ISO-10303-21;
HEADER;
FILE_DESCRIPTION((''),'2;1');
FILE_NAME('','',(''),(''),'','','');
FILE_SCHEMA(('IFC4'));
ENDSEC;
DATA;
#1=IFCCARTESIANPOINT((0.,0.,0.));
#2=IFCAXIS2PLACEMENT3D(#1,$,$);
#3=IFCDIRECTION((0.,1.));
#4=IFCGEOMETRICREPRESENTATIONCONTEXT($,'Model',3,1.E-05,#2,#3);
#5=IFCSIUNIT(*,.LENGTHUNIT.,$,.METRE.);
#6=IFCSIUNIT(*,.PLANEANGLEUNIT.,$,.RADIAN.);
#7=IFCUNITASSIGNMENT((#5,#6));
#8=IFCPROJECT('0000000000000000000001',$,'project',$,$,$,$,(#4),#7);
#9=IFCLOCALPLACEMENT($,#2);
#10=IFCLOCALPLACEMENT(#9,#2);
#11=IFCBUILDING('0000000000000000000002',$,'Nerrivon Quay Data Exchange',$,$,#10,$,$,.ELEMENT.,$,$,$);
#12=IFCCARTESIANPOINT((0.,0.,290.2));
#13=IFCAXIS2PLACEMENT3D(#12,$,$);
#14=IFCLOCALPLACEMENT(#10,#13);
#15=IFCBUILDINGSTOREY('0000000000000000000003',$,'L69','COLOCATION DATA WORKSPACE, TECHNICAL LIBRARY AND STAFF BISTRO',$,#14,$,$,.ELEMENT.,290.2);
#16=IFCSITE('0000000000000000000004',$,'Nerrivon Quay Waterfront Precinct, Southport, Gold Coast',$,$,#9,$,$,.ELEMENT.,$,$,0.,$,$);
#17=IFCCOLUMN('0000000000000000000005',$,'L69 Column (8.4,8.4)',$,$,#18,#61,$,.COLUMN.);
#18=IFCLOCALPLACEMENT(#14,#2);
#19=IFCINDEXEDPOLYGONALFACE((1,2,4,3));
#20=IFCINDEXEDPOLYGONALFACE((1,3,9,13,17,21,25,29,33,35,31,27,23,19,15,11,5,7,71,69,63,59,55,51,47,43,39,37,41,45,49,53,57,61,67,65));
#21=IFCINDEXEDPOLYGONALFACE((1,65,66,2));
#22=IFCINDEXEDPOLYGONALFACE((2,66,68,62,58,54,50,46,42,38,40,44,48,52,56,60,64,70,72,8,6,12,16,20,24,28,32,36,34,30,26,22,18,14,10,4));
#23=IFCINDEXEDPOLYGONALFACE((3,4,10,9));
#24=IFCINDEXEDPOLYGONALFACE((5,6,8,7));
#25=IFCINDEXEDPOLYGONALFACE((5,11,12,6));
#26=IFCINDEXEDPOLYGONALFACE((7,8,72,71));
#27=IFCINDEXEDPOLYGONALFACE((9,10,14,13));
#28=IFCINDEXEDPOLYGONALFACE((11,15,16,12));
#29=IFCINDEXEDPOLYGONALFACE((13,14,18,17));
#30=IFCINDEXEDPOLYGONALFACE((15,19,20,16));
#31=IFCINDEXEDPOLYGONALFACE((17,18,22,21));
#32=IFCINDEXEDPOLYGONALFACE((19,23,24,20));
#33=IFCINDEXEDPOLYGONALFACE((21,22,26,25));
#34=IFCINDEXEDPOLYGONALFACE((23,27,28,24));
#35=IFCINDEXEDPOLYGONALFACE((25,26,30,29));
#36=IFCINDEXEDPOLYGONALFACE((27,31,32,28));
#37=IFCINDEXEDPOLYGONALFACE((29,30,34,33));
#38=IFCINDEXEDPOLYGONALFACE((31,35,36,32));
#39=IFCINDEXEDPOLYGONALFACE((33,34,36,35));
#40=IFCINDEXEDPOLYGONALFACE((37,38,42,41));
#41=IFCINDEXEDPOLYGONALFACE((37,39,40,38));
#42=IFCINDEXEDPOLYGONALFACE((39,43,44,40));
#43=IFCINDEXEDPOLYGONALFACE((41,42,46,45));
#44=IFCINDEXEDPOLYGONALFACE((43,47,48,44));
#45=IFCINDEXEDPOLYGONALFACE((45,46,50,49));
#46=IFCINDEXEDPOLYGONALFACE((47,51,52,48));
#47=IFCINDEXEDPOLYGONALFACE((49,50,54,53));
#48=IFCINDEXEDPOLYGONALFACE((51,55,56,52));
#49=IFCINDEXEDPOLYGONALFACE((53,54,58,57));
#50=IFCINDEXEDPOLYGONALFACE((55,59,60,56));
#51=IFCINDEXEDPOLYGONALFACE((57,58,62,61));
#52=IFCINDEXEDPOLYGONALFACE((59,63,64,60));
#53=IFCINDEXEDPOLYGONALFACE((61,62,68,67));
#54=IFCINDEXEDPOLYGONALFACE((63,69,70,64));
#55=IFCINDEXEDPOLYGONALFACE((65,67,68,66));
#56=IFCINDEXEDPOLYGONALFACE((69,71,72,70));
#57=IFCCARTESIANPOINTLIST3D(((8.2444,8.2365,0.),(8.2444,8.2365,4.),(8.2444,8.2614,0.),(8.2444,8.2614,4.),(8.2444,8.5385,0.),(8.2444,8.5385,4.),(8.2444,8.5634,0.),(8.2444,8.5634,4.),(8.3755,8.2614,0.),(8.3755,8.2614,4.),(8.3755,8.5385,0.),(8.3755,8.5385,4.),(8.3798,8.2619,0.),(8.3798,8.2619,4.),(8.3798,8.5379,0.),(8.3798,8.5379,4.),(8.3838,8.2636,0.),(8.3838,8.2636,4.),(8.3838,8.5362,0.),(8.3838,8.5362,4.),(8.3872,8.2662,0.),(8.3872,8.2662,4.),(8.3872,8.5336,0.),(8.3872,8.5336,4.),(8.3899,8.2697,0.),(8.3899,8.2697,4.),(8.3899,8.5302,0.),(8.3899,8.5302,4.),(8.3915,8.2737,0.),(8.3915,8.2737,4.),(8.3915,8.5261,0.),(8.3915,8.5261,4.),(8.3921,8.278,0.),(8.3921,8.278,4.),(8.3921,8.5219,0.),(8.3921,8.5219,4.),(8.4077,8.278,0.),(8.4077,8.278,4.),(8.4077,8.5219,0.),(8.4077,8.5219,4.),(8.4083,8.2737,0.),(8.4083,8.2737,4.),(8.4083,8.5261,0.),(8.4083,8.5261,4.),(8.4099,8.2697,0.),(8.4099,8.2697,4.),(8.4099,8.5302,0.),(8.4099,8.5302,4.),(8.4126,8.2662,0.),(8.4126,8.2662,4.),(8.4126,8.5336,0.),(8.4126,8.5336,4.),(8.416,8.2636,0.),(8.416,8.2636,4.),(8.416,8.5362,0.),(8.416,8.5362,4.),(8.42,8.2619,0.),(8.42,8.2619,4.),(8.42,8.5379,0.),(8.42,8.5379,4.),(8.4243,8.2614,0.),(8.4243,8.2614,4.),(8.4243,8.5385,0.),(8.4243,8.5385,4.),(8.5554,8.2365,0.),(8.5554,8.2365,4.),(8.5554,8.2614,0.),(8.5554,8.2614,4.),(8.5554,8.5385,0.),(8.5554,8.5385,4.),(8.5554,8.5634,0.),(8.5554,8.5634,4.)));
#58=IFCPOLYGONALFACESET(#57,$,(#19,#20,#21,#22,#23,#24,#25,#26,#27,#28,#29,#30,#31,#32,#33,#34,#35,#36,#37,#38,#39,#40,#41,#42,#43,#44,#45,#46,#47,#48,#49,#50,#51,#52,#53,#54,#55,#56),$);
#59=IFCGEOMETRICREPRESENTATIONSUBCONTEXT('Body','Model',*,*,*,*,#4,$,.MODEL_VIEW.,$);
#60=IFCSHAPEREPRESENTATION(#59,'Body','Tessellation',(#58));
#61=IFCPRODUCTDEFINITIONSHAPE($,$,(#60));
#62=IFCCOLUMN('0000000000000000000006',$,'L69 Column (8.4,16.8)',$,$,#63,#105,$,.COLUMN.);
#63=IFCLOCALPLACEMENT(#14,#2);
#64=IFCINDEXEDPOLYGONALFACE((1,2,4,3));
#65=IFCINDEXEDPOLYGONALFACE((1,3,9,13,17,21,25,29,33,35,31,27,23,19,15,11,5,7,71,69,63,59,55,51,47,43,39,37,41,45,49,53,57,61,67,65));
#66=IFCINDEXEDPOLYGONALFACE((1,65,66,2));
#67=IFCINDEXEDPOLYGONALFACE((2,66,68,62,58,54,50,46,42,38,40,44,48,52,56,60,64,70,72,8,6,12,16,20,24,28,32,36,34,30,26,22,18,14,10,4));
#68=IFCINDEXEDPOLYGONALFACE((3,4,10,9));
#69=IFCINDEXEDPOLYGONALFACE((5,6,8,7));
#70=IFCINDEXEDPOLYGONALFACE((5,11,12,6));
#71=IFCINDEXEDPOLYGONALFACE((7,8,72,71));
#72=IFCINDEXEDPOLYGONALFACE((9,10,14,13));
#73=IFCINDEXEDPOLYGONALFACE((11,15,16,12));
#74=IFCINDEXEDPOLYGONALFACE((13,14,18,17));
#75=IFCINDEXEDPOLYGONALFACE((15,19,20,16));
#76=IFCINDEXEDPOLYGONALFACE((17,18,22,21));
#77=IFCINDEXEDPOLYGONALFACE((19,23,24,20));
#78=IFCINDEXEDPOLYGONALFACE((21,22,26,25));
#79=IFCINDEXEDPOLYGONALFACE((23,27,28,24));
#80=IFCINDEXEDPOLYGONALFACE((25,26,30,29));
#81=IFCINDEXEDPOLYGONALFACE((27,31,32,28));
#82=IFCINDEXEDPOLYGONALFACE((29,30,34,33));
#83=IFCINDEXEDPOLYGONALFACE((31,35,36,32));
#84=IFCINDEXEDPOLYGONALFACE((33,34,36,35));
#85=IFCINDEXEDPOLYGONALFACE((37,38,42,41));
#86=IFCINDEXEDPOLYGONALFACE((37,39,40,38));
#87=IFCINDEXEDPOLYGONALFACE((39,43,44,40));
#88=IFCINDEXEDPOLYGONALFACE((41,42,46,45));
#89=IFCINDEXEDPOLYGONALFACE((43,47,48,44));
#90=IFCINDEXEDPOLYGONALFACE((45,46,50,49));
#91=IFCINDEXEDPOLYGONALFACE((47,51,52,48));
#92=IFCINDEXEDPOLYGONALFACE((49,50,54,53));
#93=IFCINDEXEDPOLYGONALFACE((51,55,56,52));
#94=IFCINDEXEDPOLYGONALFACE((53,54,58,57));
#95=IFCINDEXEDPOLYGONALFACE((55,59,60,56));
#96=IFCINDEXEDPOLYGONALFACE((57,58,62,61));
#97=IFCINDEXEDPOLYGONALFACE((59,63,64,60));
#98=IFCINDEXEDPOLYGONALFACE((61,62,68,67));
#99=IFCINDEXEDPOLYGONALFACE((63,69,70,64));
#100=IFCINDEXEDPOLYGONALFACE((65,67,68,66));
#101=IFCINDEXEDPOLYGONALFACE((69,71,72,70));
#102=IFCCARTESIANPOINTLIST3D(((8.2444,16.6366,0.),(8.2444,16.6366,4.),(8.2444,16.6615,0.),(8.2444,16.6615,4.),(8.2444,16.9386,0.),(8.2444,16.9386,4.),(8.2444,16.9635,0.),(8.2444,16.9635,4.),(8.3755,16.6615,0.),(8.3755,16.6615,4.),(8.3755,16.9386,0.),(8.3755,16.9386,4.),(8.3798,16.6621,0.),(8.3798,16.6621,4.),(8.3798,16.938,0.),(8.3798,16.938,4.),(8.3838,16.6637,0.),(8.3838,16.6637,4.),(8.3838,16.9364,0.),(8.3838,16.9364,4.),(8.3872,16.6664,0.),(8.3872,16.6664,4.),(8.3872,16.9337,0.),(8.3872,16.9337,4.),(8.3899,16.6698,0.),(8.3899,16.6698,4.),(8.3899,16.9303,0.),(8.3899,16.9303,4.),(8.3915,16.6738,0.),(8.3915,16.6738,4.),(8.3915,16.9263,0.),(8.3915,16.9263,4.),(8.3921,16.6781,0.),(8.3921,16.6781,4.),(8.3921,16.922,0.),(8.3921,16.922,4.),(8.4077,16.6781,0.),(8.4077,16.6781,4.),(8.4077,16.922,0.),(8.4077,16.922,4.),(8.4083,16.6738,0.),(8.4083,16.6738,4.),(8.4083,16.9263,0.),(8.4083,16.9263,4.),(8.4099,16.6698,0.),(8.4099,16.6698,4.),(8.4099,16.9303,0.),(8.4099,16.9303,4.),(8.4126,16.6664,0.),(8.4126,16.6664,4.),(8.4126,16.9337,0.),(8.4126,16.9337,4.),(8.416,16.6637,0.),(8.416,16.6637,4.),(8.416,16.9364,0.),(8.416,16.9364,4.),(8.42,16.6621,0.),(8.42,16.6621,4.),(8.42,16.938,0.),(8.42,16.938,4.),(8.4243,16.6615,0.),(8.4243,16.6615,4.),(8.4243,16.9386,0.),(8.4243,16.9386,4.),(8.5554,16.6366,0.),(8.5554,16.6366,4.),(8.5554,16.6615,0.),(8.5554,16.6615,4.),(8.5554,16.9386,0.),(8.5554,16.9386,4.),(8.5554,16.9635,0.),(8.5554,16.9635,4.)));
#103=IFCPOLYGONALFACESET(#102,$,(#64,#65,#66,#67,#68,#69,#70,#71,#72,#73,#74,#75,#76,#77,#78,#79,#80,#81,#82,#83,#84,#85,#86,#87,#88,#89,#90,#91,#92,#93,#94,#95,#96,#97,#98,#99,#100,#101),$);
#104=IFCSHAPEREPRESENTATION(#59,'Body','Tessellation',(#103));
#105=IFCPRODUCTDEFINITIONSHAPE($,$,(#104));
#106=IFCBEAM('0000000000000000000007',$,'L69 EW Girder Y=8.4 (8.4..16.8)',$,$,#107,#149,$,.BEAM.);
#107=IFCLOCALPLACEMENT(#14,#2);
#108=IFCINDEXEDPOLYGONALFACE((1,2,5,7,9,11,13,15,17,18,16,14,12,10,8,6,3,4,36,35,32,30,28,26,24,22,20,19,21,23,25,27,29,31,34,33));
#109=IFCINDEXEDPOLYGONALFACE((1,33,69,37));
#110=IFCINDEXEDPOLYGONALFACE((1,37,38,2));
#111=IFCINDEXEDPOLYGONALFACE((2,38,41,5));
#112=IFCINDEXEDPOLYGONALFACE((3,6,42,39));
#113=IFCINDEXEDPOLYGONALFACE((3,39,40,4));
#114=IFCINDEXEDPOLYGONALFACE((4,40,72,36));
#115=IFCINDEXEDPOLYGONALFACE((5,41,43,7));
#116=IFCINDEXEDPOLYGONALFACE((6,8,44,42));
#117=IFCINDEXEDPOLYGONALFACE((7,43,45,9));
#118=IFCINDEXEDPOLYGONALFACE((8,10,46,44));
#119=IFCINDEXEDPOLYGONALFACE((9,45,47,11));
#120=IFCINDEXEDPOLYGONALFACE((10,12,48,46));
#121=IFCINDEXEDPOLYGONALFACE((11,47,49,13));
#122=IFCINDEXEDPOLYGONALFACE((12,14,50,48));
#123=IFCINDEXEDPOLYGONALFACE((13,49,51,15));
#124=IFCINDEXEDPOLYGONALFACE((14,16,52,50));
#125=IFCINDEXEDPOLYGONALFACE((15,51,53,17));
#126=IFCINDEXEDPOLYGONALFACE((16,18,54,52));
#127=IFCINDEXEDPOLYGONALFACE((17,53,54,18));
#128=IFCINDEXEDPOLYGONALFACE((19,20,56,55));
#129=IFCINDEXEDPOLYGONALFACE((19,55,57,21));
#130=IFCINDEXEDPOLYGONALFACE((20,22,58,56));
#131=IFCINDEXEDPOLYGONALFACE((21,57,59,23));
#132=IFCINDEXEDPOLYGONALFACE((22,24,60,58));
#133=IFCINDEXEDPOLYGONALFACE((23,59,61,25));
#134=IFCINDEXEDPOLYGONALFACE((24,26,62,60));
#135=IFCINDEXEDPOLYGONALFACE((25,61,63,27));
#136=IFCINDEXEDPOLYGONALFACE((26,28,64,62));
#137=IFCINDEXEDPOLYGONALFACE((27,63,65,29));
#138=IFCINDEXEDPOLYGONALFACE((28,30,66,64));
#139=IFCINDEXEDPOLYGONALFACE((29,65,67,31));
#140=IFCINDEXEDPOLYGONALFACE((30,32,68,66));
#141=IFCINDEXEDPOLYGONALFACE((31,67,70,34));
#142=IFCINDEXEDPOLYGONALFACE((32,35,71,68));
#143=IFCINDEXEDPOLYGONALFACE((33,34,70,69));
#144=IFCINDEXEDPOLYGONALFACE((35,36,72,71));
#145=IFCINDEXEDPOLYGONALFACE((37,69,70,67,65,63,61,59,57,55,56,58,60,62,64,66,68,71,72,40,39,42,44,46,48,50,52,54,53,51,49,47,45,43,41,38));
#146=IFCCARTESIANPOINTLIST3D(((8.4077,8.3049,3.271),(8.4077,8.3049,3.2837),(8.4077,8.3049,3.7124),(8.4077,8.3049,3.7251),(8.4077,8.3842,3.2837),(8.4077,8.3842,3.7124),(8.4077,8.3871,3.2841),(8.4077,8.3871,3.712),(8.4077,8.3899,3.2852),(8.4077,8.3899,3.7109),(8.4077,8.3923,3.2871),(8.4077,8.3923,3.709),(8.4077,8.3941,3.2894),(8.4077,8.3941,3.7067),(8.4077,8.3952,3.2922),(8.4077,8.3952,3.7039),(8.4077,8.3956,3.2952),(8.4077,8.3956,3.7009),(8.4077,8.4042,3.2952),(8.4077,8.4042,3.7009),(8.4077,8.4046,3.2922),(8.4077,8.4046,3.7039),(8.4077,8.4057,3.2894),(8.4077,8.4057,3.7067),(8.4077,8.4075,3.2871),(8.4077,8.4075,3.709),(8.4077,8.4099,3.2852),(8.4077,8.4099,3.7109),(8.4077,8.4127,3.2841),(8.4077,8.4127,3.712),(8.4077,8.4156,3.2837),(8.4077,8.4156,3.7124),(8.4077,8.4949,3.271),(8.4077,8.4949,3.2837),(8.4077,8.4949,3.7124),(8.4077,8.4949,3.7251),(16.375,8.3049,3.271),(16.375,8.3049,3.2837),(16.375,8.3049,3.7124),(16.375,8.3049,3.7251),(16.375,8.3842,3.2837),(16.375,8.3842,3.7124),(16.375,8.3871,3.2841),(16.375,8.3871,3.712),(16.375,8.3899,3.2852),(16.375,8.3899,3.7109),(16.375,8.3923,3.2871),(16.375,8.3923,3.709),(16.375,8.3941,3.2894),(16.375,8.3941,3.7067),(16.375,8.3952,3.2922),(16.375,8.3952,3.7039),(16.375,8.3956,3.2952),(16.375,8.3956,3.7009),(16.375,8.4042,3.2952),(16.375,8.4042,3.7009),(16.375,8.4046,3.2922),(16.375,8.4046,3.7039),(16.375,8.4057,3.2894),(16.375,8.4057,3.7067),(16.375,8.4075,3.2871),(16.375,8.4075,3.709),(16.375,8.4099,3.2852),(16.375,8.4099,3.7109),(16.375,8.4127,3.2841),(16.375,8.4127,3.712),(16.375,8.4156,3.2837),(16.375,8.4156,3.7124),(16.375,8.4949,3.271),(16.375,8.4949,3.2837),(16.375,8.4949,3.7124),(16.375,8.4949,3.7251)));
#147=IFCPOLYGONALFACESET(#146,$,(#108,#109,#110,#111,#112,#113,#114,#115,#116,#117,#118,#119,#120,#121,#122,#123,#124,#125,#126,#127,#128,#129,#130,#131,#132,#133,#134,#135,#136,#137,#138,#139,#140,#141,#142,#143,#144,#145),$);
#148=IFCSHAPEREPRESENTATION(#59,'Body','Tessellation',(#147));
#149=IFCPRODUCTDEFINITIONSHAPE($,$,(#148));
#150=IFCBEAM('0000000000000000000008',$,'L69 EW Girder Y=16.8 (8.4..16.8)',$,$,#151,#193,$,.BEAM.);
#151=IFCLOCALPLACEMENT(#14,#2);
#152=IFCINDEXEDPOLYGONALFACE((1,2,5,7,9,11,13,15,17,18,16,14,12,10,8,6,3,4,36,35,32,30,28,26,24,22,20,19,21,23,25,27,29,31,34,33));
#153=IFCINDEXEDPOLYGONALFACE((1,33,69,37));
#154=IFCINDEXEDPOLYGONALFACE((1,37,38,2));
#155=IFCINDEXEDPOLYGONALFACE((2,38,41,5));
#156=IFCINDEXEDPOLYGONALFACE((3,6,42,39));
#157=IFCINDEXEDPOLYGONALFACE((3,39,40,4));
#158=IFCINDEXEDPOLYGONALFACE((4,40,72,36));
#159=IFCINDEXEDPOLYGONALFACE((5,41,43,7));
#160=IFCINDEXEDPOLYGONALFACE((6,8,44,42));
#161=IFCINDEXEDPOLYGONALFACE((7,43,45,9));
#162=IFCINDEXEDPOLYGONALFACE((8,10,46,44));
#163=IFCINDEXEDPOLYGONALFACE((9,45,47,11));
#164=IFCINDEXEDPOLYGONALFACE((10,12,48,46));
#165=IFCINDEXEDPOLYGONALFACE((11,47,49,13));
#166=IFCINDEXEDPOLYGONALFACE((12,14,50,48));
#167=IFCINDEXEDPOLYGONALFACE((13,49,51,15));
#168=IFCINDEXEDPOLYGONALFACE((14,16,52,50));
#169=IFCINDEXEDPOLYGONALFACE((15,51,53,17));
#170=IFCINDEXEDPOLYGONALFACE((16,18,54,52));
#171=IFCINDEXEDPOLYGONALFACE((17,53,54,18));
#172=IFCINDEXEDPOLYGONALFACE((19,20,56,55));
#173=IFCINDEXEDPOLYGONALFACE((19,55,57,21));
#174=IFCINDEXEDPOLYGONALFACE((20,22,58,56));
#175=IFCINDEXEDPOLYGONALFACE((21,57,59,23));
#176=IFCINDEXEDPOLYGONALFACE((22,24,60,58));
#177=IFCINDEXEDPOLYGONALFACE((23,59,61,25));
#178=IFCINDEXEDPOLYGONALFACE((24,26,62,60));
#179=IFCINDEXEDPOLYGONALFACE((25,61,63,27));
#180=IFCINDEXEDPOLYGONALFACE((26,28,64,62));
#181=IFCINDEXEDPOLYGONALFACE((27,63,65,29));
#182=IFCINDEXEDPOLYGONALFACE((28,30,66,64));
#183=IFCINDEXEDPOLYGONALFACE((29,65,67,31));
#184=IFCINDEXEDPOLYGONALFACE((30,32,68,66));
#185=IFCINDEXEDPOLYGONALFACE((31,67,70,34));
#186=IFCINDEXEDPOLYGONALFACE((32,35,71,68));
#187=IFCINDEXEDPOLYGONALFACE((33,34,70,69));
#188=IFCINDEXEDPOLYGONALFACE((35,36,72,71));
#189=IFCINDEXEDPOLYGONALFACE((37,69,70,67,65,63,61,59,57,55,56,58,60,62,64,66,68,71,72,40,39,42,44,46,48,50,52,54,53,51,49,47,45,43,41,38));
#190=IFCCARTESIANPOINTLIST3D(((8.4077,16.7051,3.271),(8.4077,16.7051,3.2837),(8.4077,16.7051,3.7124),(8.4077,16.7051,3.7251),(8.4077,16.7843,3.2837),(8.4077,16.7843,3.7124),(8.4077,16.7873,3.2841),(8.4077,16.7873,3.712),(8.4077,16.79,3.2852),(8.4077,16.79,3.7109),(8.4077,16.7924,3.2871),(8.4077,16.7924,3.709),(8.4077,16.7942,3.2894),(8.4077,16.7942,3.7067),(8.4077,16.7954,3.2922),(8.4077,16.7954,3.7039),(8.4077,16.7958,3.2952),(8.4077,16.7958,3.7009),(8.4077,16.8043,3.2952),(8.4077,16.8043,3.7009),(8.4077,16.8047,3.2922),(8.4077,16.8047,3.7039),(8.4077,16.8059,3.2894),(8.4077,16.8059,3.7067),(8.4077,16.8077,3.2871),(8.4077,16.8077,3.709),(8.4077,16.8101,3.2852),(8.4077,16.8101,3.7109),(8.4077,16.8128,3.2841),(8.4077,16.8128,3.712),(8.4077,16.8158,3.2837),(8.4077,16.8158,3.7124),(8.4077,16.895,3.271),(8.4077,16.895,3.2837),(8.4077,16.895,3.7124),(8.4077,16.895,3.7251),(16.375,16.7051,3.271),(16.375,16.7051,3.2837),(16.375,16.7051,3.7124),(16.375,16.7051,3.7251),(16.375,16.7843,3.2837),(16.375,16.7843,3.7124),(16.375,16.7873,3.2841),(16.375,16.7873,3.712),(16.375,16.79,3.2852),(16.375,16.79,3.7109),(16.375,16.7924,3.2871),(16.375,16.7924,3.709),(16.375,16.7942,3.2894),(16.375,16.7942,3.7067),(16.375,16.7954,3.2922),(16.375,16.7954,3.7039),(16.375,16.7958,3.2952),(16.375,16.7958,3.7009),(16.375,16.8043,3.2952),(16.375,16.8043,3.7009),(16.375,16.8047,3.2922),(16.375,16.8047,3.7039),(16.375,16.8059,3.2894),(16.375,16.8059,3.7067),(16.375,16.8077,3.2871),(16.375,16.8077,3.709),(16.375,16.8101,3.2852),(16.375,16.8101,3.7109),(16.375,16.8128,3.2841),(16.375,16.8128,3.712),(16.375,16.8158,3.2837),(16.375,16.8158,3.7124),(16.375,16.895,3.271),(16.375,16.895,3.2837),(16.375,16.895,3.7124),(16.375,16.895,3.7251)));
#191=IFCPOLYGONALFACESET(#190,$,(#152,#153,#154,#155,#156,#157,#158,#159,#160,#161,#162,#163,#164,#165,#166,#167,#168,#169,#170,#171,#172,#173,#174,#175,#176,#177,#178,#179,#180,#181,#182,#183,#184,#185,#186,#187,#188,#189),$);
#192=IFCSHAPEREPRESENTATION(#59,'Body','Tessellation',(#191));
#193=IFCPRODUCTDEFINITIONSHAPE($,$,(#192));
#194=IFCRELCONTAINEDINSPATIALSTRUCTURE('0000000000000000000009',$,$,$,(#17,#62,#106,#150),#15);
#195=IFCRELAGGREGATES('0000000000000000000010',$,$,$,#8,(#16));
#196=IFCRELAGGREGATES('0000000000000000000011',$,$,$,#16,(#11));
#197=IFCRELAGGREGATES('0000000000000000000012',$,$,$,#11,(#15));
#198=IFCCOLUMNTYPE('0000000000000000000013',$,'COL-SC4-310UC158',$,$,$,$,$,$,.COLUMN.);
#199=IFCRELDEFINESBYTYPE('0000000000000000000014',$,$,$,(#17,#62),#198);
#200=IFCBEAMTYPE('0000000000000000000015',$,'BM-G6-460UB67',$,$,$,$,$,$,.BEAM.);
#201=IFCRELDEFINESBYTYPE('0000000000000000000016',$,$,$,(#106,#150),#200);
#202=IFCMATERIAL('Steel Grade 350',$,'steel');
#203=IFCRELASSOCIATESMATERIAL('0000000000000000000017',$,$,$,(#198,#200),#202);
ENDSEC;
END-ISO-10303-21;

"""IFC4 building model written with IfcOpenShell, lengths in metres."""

from ifc_helpers import new_model, si_unit, direction, frame, origin, origin_2d, place, context, subcontext, project, spatial, i_section, extrude, material, material_profile, profile_set, type_object, element, save


model = new_model("IFC4")

# Units and contexts
model_context = context("Model", 3, precision=1e-05, world=origin(), true_north=direction((0.0, 1.0)))
body_context = subcontext(model_context, "Body", "Model", "MODEL_VIEW")
ifc_project = project(units=[si_unit("LENGTHUNIT", "METRE"), si_unit("PLANEANGLEUNIT", "RADIAN")], contexts=[model_context])

# Site, building, storey
site_placement = place(None, origin())
site = spatial("IfcSite", under=ifc_project, at=site_placement, Name="Nerrivon Quay Waterfront Precinct, Southport, Gold Coast", CompositionType="ELEMENT", RefElevation=0.0)
building_placement = place(site_placement, origin())
building = spatial("IfcBuilding", under=site, at=building_placement, Name="Nerrivon Quay Data Exchange", CompositionType="ELEMENT")
storey_placement = place(building_placement, frame((0.0, 0.0, 290.2)))
storey = spatial("IfcBuildingStorey", under=building, at=storey_placement, Name="L69", Description="COLOCATION DATA WORKSPACE, TECHNICAL LIBRARY AND STAFF BISTRO", CompositionType="ELEMENT", Elevation=290.2)

# Columns
ifc_material_1 = material(Name="Steel Grade 350", Category="steel")
ifc_material_profile_1 = material_profile(ifc_material_1, i_section(OverallWidth=0.311, OverallDepth=0.3269, WebThickness=0.0156, FlangeThickness=0.0249, FilletRadius=0.0166, at=origin_2d()), Name="310UC158")
ifc_profile_set_1 = profile_set([ifc_material_profile_1], Name="Steel Grade 350")
column_type = type_object("IfcColumnType", Name="COL-SC4-310UC158", PredefinedType="COLUMN", material=ifc_profile_set_1)
for number, where, z_axis, x_axis, name in (
    (1, (8.3999, 8.3999, 0.0), (0.0, 0.0, 1.0), (1.0, 0.0, 0.0), "L69 Column (8.4,8.4)"),
    (2, (8.3999, 16.8, 0.0), (0.0, 0.0, 1.0), (1.0, 0.0, 0.0), "L69 Column (8.4,16.8)"),
):
    element("IfcColumn", number, at=place(storey_placement, frame(where, z_axis=z_axis, x_axis=x_axis)), inside=storey, type_object=column_type, Name=name, PredefinedType="COLUMN", context=body_context, shape_type="SweptSolid", body=[
        extrude(i_section(OverallWidth=0.311, OverallDepth=0.3269, WebThickness=0.0156, FlangeThickness=0.0249, FilletRadius=0.0166, at=origin_2d()), origin(), (0.0, 0.0, 1.0), 4.0),
    ])

# Beams
ifc_material_profile_2 = material_profile(ifc_material_1, i_section(OverallWidth=0.1899, OverallDepth=0.4541, WebThickness=0.0085, FlangeThickness=0.0127, FilletRadius=0.0115, at=origin_2d()), Name="460UB67.1")
ifc_profile_set_2 = profile_set([ifc_material_profile_2], Name="Steel Grade 350")
beam_type_1 = type_object("IfcBeamType", Name="BM-G6-460UB67", PredefinedType="BEAM", material=ifc_profile_set_2)
for number, where, z_axis, x_axis, name in (
    (3, (8.4077, 8.3999, 3.498), (1.0, 0.0, 0.0), (0.0, 1.0, 0.0), "L69 EW Girder Y=8.4 (8.4..16.8)"),
    (4, (8.4077, 16.8, 3.498), (1.0, 0.0, 0.0), (0.0, 1.0, 0.0), "L69 EW Girder Y=16.8 (8.4..16.8)"),
):
    element("IfcBeam", number, at=place(storey_placement, frame(where, z_axis=z_axis, x_axis=x_axis)), inside=storey, type_object=beam_type_1, Name=name, PredefinedType="BEAM", context=body_context, shape_type="SweptSolid", body=[
        extrude(i_section(OverallWidth=0.1899, OverallDepth=0.4541, WebThickness=0.0085, FlangeThickness=0.0127, FilletRadius=0.0115, at=origin_2d()), origin(), (0.0, 0.0, 1.0), 7.9673),
    ])

save(model, "model.ifc")
